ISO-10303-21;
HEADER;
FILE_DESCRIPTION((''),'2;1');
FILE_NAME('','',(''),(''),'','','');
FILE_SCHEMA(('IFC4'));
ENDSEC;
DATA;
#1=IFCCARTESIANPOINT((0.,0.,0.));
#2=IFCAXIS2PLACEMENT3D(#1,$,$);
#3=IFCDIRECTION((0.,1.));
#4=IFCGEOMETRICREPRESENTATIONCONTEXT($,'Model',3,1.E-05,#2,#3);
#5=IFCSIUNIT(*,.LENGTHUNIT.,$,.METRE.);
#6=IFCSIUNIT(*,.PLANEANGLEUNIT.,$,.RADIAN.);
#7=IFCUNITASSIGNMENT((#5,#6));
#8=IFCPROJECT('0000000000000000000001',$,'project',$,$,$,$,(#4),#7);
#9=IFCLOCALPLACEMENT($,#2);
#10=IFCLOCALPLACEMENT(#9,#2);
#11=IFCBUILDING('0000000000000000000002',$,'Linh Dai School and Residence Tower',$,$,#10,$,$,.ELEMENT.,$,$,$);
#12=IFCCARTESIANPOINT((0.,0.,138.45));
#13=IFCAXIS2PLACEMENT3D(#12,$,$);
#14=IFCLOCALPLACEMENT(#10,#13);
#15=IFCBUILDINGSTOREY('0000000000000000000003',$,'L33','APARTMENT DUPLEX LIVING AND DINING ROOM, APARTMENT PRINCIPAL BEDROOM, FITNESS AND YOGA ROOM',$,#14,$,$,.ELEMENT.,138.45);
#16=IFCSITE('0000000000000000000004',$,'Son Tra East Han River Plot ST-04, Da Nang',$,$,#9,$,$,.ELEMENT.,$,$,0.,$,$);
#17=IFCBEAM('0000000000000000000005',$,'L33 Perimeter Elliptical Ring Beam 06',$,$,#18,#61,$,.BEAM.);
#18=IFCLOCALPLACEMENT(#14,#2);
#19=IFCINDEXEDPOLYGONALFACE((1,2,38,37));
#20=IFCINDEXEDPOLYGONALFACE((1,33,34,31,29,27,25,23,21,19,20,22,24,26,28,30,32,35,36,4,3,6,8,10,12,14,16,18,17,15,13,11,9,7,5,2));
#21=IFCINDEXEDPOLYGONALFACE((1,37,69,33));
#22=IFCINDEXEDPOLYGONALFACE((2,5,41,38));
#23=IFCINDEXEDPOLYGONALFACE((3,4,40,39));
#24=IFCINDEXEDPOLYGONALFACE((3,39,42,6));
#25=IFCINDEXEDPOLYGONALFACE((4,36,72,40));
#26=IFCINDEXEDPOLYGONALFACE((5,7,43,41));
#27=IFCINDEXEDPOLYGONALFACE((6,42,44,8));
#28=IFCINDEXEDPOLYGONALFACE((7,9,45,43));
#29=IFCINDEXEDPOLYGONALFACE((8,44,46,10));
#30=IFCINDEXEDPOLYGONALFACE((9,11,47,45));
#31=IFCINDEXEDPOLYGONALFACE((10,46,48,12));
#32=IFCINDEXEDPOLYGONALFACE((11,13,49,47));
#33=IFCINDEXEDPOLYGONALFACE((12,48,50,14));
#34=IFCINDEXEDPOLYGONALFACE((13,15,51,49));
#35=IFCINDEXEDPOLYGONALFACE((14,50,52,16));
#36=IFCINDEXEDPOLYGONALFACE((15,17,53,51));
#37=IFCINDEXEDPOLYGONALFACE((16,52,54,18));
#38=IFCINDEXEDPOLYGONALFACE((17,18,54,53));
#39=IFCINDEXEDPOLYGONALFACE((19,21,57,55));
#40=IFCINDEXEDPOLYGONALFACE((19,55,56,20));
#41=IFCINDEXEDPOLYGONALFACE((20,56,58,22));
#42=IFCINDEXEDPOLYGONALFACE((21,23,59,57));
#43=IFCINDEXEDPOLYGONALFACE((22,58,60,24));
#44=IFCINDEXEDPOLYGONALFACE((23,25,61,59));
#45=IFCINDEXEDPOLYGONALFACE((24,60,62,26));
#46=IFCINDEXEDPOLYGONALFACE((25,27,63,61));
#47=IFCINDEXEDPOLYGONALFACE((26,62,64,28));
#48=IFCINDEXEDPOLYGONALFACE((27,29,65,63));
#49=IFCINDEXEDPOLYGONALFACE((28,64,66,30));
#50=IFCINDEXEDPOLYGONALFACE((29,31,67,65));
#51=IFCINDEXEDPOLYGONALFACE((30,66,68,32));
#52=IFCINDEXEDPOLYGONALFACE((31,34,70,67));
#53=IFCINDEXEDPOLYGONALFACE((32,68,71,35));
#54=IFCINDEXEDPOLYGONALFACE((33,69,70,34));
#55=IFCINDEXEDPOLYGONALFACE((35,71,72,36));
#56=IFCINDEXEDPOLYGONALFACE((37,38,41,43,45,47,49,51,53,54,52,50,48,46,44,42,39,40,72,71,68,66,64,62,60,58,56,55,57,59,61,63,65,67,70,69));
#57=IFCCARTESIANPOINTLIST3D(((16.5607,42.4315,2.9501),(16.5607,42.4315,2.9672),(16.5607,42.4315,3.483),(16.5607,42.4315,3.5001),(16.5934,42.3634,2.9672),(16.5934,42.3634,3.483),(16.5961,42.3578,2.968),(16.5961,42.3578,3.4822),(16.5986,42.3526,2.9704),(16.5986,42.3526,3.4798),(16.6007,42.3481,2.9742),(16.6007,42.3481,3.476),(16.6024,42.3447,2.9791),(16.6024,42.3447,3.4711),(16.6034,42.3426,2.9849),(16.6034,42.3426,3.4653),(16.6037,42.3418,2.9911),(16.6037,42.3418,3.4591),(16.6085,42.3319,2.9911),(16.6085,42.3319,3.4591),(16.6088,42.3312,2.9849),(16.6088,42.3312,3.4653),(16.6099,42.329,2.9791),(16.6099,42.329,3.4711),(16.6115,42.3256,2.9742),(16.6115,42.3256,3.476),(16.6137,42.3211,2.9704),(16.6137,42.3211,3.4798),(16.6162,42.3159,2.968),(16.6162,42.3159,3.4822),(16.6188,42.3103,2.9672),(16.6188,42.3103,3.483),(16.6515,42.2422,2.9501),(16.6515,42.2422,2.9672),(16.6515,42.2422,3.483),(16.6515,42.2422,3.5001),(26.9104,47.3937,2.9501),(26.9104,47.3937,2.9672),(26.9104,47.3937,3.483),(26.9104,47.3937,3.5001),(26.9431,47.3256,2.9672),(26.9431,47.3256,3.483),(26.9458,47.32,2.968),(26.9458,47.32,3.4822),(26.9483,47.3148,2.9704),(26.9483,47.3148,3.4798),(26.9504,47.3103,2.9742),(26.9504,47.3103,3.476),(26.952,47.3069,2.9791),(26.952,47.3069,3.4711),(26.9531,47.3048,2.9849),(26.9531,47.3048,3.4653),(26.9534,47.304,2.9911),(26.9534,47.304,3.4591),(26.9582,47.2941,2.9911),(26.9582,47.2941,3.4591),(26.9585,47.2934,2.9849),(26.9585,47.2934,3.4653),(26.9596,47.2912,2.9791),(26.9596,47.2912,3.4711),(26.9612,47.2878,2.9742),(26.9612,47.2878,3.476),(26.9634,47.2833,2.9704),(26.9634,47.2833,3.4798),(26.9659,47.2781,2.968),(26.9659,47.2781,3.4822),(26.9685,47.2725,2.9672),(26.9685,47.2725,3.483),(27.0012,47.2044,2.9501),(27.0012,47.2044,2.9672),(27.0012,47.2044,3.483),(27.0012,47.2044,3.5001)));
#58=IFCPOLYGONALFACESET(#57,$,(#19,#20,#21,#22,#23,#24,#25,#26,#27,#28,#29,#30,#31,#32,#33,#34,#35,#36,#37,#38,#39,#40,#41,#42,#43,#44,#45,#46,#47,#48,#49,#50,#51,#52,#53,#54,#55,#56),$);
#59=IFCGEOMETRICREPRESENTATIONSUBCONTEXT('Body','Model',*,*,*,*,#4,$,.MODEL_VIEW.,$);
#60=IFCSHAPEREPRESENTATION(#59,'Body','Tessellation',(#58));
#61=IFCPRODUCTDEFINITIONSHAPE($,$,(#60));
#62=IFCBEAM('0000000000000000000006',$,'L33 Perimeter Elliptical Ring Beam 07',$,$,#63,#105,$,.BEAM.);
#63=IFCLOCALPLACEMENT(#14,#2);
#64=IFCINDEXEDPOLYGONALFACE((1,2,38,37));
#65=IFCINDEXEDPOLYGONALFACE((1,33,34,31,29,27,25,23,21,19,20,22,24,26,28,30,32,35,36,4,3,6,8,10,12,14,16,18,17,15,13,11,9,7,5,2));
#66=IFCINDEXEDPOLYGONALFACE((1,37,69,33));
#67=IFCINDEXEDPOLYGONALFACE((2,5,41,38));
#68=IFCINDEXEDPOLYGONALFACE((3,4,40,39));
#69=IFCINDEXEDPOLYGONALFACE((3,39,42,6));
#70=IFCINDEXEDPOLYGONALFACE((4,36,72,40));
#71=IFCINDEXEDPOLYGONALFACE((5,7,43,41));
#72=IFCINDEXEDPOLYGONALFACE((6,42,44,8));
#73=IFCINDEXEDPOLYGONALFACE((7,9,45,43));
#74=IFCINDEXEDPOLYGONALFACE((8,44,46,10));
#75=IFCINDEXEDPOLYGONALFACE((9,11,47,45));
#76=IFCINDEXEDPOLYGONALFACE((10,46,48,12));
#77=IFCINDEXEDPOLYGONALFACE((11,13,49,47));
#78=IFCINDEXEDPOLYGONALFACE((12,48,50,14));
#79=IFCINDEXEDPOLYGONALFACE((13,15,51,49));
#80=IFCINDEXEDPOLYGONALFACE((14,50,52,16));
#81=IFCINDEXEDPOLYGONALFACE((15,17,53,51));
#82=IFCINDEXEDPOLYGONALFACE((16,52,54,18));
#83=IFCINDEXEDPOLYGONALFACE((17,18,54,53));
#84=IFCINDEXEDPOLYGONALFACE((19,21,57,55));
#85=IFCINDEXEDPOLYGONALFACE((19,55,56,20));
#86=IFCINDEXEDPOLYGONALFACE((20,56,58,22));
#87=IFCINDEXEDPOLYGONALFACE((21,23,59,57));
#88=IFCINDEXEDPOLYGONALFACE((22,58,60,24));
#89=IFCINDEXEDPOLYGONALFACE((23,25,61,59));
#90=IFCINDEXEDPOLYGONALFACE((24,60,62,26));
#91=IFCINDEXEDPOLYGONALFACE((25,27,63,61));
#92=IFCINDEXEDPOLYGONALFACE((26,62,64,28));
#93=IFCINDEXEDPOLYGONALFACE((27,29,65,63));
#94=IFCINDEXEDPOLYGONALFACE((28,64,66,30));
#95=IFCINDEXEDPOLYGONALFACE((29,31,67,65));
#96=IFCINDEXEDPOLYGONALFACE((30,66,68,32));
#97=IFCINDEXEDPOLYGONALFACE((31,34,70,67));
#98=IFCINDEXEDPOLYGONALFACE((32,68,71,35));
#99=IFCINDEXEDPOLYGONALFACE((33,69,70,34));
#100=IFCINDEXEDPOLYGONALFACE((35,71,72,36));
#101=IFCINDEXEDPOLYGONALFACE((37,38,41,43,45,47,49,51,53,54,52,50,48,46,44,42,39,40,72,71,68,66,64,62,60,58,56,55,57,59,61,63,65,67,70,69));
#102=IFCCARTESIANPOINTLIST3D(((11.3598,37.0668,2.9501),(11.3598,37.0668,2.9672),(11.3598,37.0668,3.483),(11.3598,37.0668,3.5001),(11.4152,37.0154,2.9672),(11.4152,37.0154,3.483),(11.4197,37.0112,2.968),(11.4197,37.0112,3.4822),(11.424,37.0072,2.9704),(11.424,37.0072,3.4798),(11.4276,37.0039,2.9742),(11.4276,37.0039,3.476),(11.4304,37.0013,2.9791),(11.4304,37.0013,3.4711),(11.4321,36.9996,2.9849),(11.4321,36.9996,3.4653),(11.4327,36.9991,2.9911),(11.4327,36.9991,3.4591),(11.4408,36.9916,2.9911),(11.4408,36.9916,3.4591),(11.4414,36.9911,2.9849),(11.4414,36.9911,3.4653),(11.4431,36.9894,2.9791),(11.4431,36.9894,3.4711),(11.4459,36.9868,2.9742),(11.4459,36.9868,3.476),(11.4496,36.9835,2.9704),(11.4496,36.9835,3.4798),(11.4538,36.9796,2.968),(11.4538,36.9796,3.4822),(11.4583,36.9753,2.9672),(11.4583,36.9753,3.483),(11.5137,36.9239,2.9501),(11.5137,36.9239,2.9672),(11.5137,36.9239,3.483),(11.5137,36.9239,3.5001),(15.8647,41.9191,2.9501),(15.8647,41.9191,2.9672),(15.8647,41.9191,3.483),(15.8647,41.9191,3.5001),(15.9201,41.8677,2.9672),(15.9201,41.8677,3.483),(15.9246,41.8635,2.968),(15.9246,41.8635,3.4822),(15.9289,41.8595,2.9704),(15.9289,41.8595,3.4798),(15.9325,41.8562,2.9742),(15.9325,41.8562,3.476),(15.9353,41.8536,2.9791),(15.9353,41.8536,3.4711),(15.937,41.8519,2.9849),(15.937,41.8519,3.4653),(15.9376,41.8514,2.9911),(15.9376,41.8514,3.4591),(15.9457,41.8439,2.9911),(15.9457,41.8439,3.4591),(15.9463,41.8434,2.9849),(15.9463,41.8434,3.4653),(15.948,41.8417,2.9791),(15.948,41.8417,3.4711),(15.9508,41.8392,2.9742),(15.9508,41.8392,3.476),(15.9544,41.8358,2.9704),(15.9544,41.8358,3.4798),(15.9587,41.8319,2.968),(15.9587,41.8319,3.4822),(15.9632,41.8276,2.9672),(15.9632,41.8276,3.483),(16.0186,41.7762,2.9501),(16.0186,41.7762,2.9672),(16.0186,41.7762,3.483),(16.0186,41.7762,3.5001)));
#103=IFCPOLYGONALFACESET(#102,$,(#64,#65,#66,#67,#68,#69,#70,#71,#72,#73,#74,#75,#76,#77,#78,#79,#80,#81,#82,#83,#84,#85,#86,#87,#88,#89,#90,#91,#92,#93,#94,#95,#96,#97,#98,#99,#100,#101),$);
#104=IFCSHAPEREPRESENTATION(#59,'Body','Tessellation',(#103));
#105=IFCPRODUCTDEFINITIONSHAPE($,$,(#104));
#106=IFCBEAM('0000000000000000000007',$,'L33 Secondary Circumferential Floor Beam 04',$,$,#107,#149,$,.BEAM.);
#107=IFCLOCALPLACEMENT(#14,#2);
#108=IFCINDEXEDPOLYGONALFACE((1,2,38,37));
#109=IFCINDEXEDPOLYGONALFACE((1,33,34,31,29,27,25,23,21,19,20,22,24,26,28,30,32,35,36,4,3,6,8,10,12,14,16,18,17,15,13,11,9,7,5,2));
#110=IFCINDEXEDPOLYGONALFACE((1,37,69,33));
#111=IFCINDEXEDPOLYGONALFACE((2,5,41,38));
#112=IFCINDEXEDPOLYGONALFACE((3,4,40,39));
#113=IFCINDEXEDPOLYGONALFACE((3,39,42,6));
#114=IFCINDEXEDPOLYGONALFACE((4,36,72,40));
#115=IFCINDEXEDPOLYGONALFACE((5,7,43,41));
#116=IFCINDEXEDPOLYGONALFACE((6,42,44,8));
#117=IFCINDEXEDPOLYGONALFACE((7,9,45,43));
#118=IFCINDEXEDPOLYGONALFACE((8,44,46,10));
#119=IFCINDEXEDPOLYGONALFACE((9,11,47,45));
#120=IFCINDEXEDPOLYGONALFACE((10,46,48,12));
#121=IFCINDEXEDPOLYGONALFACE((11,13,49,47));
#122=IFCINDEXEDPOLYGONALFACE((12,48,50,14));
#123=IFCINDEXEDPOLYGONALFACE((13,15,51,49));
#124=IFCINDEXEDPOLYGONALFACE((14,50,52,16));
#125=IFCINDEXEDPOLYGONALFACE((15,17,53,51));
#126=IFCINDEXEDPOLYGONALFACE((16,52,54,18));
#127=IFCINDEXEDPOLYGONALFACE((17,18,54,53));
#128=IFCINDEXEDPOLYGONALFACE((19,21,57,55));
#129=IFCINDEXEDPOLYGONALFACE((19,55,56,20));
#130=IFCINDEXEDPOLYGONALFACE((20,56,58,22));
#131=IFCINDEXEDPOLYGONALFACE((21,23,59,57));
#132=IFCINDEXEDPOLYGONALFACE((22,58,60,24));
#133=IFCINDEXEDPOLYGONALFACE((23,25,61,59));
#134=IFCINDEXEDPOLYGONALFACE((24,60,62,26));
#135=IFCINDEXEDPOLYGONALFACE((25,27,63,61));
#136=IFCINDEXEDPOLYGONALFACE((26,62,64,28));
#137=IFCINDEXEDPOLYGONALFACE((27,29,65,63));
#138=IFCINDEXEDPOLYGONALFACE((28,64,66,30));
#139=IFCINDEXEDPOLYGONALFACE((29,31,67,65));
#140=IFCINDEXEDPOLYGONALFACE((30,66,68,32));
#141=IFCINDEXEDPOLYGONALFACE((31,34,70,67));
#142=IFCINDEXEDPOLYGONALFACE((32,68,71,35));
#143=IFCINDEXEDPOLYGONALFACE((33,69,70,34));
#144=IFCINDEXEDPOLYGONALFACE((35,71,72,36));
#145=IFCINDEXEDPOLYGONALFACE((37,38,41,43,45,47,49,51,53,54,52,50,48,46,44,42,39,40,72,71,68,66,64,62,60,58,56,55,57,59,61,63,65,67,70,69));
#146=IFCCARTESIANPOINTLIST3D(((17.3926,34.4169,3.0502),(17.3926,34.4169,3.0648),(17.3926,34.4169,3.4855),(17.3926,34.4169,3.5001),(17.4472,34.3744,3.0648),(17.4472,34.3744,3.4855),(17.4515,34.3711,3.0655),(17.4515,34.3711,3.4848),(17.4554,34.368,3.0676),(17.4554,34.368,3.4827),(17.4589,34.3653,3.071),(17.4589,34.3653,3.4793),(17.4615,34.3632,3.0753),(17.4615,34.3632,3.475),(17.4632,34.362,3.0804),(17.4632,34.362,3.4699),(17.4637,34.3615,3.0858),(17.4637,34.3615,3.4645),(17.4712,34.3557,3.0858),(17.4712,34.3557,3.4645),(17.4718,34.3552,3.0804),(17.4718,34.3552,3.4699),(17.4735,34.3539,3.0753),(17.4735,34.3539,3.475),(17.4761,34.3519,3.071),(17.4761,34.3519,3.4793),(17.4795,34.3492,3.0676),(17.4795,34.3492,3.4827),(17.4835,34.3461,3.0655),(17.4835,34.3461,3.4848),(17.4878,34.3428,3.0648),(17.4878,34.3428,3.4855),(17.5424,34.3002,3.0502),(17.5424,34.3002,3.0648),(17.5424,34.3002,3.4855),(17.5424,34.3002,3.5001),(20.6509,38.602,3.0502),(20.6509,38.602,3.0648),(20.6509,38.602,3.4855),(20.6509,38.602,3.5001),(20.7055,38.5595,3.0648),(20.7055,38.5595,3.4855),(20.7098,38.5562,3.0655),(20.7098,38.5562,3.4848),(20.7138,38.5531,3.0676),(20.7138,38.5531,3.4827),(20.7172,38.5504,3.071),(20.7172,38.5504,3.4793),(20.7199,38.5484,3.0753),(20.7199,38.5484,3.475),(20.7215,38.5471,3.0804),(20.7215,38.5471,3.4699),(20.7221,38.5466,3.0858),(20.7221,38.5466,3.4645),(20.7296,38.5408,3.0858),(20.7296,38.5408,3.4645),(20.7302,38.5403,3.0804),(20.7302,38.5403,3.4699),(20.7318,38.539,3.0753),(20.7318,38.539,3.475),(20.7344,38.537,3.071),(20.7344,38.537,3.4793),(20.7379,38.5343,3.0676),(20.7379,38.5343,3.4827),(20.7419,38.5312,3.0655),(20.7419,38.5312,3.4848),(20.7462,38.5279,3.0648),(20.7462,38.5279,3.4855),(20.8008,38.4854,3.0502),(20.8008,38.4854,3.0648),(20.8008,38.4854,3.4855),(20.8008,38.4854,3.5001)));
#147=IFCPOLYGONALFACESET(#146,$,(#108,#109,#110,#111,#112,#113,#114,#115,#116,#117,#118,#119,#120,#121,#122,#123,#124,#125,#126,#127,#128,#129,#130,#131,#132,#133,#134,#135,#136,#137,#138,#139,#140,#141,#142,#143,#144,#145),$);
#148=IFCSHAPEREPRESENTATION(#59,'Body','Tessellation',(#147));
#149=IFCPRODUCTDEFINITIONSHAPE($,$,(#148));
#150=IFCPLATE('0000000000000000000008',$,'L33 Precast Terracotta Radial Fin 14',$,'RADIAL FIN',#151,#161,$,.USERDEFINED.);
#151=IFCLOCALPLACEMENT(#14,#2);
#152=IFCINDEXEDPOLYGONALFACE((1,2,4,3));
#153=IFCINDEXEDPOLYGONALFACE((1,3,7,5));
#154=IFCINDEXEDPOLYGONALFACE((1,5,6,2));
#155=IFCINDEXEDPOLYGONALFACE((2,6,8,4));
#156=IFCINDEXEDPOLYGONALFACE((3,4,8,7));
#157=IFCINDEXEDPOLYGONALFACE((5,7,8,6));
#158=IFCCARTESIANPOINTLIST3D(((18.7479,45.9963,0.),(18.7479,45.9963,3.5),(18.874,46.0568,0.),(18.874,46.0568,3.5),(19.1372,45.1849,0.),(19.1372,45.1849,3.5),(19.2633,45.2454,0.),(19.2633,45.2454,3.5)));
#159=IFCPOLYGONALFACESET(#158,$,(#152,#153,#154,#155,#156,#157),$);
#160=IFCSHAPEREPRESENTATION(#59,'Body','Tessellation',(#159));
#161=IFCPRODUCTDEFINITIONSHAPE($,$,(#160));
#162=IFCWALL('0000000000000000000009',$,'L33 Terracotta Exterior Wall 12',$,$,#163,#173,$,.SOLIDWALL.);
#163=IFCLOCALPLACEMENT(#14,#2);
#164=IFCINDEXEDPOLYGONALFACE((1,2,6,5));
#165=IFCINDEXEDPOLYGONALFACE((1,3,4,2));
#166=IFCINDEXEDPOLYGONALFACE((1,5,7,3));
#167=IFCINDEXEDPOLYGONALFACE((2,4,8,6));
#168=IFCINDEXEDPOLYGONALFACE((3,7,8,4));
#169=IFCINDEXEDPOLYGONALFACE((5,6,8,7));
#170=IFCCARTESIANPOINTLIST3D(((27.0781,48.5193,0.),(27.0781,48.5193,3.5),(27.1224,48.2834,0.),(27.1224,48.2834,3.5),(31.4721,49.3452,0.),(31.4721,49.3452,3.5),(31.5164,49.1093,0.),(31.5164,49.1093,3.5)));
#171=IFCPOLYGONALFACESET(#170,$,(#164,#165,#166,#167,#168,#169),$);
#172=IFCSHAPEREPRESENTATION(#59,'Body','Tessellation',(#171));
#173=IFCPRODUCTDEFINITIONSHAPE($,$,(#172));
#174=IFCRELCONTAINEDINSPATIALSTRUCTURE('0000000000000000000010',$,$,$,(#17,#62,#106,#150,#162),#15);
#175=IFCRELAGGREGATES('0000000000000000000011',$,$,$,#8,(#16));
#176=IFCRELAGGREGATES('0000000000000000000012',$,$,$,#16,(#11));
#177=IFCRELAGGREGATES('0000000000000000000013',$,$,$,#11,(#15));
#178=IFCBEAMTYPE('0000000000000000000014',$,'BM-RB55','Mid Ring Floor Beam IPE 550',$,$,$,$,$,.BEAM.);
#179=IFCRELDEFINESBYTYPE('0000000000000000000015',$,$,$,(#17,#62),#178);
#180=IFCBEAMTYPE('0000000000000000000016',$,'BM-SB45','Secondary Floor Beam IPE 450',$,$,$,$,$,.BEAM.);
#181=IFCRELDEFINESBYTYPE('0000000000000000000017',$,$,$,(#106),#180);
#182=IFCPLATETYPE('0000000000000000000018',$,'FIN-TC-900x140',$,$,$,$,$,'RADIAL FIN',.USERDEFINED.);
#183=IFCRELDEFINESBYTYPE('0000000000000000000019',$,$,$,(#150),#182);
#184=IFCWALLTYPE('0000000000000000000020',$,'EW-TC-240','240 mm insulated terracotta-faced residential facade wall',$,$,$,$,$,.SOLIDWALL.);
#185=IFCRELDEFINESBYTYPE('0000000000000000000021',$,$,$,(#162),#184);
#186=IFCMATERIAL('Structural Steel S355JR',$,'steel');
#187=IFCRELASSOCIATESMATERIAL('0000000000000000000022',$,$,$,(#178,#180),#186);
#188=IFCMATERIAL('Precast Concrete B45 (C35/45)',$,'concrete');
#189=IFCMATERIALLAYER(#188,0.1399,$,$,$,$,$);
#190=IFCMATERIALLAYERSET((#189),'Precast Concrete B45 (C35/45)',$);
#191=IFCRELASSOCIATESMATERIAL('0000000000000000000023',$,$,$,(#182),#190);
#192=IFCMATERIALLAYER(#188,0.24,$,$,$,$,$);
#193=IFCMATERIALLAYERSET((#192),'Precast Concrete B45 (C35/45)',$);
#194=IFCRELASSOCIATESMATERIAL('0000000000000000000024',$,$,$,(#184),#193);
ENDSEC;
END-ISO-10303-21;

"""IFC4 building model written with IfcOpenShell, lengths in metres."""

from ifc_helpers import new_model, si_unit, direction, frame, frame_2d, origin, origin_2d, place, context, subcontext, project, spatial, rectangle, i_section, extrude, source, transform, mapped, material, layer, layer_set, material_profile, profile_set, type_object, element, save


model = new_model("IFC4")

# Units and contexts
model_context = context("Model", 3, precision=1e-05, world=origin(), true_north=direction((0.0, 1.0)))
body_context = subcontext(model_context, "Body", "Model", "MODEL_VIEW")
ifc_project = project(units=[si_unit("LENGTHUNIT", "METRE"), si_unit("PLANEANGLEUNIT", "RADIAN")], contexts=[model_context])

# Site, building, storey
site_placement = place(None, origin())
site = spatial("IfcSite", under=ifc_project, at=site_placement, Name="Son Tra East Han River Plot ST-04, Da Nang", CompositionType="ELEMENT", RefElevation=0.0)
building_placement = place(site_placement, origin())
building = spatial("IfcBuilding", under=site, at=building_placement, Name="Linh Dai School and Residence Tower", CompositionType="ELEMENT")
storey_placement = place(building_placement, frame((0.0, 0.0, 138.45)))
storey = spatial("IfcBuildingStorey", under=building, at=storey_placement, Name="L33", Description="APARTMENT DUPLEX LIVING AND DINING ROOM, APARTMENT PRINCIPAL BEDROOM, FITNESS AND YOGA ROOM", CompositionType="ELEMENT", Elevation=138.45)

# Shared definitions
ifc_material_1 = material(Name="Structural Steel S355JR", Category="steel")

# Beams
ifc_material_profile_1 = material_profile(ifc_material_1, i_section(OverallWidth=0.21, OverallDepth=0.55, WebThickness=0.011, FlangeThickness=0.0171, FilletRadius=0.0239, at=origin_2d()), Name="IPE 550")
ifc_profile_set_1 = profile_set([ifc_material_profile_1], Name="Structural Steel S355JR")
beam_type_1 = type_object("IfcBeamType", Name="BM-RB55", Description="Mid Ring Floor Beam IPE 550", PredefinedType="BEAM", material=ifc_profile_set_1)
beam_1_placement = place(storey_placement, frame((26.9558, 47.2991, 3.2251), z_axis=(-0.901715, -0.432331, 0.0), x_axis=(0.432331, -0.901715, 0.0)))
element("IfcBeam", 1, at=beam_1_placement, inside=storey, type_object=beam_type_1, Name="L33 Perimeter Elliptical Ring Beam 06", PredefinedType="BEAM", context=body_context, shape_type="SweptSolid", body=[
    extrude(i_section(OverallWidth=0.21, OverallDepth=0.55, WebThickness=0.011, FlangeThickness=0.0171, FilletRadius=0.0239, at=origin_2d()), origin(), (0.0, 0.0, 1.0), 11.4778),
])
beam_2_placement = place(storey_placement, frame((15.9417, 41.8477, 3.2251), z_axis=(-0.680385, -0.732855, 0.0), x_axis=(0.732855, -0.680385, 0.0)))
element("IfcBeam", 2, at=beam_2_placement, inside=storey, type_object=beam_type_1, Name="L33 Perimeter Elliptical Ring Beam 07", PredefinedType="BEAM", context=body_context, shape_type="SweptSolid", body=[
    extrude(i_section(OverallWidth=0.21, OverallDepth=0.55, WebThickness=0.011, FlangeThickness=0.0171, FilletRadius=0.0239, at=origin_2d()), origin(), (0.0, 0.0, 1.0), 6.6211),
])
ifc_material_profile_2 = material_profile(ifc_material_1, i_section(OverallWidth=0.1899, OverallDepth=0.45, WebThickness=0.0095, FlangeThickness=0.0146, FilletRadius=0.021, at=origin_2d()), Name="IPE 450")
ifc_profile_set_2 = profile_set([ifc_material_profile_2], Name="Structural Steel S355JR")
beam_type_2 = type_object("IfcBeamType", Name="BM-SB45", Description="Secondary Floor Beam IPE 450", PredefinedType="BEAM", material=ifc_profile_set_2)
beam_3_placement = place(storey_placement, frame((20.7258, 38.5437, 3.2751), z_axis=(-0.614323, -0.789055, 0.0), x_axis=(0.789055, -0.614323, 0.0)))
element("IfcBeam", 3, at=beam_3_placement, inside=storey, type_object=beam_type_2, Name="L33 Secondary Circumferential Floor Beam 04", PredefinedType="BEAM", context=body_context, shape_type="SweptSolid", body=[
    extrude(i_section(OverallWidth=0.1899, OverallDepth=0.45, WebThickness=0.0095, FlangeThickness=0.0146, FilletRadius=0.021, at=origin_2d()), origin(), (0.0, 0.0, 1.0), 5.304),
])

# Plate
ifc_material_2 = material(Name="Precast Concrete B45 (C35/45)", Category="concrete")
ifc_layer_1 = layer(ifc_material_2, 0.1399)
ifc_layer_set_1 = layer_set([ifc_layer_1], Name="Precast Concrete B45 (C35/45)")
plate_type = type_object("IfcPlateType", Name="FIN-TC-900x140", ElementType="RADIAL FIN", PredefinedType="USERDEFINED", material=ifc_layer_set_1)
shared_shape_1 = source(origin(), body_context, "Body", "SweptSolid", [
    extrude(rectangle(XDim=0.8999, YDim=0.1399, at=origin_2d()), origin(), (0.0, 0.0, 1.0), 3.5),
])
plate_placement = place(storey_placement, frame((19.0056, 45.6208, 0.0), z_axis=(0.0, 0.0, 1.0), x_axis=(-0.432618, 0.901578, 0.0)))
element("IfcPlate", 4, at=plate_placement, inside=storey, type_object=plate_type, Name="L33 Precast Terracotta Radial Fin 14", ObjectType="RADIAL FIN", PredefinedType="USERDEFINED", context=body_context, shape_type="MappedRepresentation", body=[
    mapped(shared_shape_1, transform((0.0, 0.0, 0.0), x_axis=(1.0, 0.0, 0.0), y_axis=(0.0, 1.0, 0.0), z_axis=(0.0, 0.0, 1.0), scale=1.0)),
])

# Wall
ifc_layer_2 = layer(ifc_material_2, 0.24)
ifc_layer_set_2 = layer_set([ifc_layer_2], Name="Precast Concrete B45 (C35/45)")
wall_type_1 = type_object("IfcWallType", Name="EW-TC-240", Description="240 mm insulated terracotta-faced residential facade wall", PredefinedType="SOLIDWALL", material=ifc_layer_set_2)
wall_1_placement = place(storey_placement, frame((27.1003, 48.4014, 0.0), z_axis=(0.0, 0.0, 1.0), x_axis=(0.982789, 0.18473, 0.0)))
element("IfcWall", 5, at=wall_1_placement, inside=storey, type_object=wall_type_1, Name="L33 Terracotta Exterior Wall 12", PredefinedType="SOLIDWALL", context=body_context, shape_type="SweptSolid", body=[
    extrude(rectangle(XDim=4.4709, YDim=0.24, at=frame_2d((2.2354, 0.0))), origin(), (0.0, 0.0, 1.0), 3.5),
])

save(model, "model.ifc")
